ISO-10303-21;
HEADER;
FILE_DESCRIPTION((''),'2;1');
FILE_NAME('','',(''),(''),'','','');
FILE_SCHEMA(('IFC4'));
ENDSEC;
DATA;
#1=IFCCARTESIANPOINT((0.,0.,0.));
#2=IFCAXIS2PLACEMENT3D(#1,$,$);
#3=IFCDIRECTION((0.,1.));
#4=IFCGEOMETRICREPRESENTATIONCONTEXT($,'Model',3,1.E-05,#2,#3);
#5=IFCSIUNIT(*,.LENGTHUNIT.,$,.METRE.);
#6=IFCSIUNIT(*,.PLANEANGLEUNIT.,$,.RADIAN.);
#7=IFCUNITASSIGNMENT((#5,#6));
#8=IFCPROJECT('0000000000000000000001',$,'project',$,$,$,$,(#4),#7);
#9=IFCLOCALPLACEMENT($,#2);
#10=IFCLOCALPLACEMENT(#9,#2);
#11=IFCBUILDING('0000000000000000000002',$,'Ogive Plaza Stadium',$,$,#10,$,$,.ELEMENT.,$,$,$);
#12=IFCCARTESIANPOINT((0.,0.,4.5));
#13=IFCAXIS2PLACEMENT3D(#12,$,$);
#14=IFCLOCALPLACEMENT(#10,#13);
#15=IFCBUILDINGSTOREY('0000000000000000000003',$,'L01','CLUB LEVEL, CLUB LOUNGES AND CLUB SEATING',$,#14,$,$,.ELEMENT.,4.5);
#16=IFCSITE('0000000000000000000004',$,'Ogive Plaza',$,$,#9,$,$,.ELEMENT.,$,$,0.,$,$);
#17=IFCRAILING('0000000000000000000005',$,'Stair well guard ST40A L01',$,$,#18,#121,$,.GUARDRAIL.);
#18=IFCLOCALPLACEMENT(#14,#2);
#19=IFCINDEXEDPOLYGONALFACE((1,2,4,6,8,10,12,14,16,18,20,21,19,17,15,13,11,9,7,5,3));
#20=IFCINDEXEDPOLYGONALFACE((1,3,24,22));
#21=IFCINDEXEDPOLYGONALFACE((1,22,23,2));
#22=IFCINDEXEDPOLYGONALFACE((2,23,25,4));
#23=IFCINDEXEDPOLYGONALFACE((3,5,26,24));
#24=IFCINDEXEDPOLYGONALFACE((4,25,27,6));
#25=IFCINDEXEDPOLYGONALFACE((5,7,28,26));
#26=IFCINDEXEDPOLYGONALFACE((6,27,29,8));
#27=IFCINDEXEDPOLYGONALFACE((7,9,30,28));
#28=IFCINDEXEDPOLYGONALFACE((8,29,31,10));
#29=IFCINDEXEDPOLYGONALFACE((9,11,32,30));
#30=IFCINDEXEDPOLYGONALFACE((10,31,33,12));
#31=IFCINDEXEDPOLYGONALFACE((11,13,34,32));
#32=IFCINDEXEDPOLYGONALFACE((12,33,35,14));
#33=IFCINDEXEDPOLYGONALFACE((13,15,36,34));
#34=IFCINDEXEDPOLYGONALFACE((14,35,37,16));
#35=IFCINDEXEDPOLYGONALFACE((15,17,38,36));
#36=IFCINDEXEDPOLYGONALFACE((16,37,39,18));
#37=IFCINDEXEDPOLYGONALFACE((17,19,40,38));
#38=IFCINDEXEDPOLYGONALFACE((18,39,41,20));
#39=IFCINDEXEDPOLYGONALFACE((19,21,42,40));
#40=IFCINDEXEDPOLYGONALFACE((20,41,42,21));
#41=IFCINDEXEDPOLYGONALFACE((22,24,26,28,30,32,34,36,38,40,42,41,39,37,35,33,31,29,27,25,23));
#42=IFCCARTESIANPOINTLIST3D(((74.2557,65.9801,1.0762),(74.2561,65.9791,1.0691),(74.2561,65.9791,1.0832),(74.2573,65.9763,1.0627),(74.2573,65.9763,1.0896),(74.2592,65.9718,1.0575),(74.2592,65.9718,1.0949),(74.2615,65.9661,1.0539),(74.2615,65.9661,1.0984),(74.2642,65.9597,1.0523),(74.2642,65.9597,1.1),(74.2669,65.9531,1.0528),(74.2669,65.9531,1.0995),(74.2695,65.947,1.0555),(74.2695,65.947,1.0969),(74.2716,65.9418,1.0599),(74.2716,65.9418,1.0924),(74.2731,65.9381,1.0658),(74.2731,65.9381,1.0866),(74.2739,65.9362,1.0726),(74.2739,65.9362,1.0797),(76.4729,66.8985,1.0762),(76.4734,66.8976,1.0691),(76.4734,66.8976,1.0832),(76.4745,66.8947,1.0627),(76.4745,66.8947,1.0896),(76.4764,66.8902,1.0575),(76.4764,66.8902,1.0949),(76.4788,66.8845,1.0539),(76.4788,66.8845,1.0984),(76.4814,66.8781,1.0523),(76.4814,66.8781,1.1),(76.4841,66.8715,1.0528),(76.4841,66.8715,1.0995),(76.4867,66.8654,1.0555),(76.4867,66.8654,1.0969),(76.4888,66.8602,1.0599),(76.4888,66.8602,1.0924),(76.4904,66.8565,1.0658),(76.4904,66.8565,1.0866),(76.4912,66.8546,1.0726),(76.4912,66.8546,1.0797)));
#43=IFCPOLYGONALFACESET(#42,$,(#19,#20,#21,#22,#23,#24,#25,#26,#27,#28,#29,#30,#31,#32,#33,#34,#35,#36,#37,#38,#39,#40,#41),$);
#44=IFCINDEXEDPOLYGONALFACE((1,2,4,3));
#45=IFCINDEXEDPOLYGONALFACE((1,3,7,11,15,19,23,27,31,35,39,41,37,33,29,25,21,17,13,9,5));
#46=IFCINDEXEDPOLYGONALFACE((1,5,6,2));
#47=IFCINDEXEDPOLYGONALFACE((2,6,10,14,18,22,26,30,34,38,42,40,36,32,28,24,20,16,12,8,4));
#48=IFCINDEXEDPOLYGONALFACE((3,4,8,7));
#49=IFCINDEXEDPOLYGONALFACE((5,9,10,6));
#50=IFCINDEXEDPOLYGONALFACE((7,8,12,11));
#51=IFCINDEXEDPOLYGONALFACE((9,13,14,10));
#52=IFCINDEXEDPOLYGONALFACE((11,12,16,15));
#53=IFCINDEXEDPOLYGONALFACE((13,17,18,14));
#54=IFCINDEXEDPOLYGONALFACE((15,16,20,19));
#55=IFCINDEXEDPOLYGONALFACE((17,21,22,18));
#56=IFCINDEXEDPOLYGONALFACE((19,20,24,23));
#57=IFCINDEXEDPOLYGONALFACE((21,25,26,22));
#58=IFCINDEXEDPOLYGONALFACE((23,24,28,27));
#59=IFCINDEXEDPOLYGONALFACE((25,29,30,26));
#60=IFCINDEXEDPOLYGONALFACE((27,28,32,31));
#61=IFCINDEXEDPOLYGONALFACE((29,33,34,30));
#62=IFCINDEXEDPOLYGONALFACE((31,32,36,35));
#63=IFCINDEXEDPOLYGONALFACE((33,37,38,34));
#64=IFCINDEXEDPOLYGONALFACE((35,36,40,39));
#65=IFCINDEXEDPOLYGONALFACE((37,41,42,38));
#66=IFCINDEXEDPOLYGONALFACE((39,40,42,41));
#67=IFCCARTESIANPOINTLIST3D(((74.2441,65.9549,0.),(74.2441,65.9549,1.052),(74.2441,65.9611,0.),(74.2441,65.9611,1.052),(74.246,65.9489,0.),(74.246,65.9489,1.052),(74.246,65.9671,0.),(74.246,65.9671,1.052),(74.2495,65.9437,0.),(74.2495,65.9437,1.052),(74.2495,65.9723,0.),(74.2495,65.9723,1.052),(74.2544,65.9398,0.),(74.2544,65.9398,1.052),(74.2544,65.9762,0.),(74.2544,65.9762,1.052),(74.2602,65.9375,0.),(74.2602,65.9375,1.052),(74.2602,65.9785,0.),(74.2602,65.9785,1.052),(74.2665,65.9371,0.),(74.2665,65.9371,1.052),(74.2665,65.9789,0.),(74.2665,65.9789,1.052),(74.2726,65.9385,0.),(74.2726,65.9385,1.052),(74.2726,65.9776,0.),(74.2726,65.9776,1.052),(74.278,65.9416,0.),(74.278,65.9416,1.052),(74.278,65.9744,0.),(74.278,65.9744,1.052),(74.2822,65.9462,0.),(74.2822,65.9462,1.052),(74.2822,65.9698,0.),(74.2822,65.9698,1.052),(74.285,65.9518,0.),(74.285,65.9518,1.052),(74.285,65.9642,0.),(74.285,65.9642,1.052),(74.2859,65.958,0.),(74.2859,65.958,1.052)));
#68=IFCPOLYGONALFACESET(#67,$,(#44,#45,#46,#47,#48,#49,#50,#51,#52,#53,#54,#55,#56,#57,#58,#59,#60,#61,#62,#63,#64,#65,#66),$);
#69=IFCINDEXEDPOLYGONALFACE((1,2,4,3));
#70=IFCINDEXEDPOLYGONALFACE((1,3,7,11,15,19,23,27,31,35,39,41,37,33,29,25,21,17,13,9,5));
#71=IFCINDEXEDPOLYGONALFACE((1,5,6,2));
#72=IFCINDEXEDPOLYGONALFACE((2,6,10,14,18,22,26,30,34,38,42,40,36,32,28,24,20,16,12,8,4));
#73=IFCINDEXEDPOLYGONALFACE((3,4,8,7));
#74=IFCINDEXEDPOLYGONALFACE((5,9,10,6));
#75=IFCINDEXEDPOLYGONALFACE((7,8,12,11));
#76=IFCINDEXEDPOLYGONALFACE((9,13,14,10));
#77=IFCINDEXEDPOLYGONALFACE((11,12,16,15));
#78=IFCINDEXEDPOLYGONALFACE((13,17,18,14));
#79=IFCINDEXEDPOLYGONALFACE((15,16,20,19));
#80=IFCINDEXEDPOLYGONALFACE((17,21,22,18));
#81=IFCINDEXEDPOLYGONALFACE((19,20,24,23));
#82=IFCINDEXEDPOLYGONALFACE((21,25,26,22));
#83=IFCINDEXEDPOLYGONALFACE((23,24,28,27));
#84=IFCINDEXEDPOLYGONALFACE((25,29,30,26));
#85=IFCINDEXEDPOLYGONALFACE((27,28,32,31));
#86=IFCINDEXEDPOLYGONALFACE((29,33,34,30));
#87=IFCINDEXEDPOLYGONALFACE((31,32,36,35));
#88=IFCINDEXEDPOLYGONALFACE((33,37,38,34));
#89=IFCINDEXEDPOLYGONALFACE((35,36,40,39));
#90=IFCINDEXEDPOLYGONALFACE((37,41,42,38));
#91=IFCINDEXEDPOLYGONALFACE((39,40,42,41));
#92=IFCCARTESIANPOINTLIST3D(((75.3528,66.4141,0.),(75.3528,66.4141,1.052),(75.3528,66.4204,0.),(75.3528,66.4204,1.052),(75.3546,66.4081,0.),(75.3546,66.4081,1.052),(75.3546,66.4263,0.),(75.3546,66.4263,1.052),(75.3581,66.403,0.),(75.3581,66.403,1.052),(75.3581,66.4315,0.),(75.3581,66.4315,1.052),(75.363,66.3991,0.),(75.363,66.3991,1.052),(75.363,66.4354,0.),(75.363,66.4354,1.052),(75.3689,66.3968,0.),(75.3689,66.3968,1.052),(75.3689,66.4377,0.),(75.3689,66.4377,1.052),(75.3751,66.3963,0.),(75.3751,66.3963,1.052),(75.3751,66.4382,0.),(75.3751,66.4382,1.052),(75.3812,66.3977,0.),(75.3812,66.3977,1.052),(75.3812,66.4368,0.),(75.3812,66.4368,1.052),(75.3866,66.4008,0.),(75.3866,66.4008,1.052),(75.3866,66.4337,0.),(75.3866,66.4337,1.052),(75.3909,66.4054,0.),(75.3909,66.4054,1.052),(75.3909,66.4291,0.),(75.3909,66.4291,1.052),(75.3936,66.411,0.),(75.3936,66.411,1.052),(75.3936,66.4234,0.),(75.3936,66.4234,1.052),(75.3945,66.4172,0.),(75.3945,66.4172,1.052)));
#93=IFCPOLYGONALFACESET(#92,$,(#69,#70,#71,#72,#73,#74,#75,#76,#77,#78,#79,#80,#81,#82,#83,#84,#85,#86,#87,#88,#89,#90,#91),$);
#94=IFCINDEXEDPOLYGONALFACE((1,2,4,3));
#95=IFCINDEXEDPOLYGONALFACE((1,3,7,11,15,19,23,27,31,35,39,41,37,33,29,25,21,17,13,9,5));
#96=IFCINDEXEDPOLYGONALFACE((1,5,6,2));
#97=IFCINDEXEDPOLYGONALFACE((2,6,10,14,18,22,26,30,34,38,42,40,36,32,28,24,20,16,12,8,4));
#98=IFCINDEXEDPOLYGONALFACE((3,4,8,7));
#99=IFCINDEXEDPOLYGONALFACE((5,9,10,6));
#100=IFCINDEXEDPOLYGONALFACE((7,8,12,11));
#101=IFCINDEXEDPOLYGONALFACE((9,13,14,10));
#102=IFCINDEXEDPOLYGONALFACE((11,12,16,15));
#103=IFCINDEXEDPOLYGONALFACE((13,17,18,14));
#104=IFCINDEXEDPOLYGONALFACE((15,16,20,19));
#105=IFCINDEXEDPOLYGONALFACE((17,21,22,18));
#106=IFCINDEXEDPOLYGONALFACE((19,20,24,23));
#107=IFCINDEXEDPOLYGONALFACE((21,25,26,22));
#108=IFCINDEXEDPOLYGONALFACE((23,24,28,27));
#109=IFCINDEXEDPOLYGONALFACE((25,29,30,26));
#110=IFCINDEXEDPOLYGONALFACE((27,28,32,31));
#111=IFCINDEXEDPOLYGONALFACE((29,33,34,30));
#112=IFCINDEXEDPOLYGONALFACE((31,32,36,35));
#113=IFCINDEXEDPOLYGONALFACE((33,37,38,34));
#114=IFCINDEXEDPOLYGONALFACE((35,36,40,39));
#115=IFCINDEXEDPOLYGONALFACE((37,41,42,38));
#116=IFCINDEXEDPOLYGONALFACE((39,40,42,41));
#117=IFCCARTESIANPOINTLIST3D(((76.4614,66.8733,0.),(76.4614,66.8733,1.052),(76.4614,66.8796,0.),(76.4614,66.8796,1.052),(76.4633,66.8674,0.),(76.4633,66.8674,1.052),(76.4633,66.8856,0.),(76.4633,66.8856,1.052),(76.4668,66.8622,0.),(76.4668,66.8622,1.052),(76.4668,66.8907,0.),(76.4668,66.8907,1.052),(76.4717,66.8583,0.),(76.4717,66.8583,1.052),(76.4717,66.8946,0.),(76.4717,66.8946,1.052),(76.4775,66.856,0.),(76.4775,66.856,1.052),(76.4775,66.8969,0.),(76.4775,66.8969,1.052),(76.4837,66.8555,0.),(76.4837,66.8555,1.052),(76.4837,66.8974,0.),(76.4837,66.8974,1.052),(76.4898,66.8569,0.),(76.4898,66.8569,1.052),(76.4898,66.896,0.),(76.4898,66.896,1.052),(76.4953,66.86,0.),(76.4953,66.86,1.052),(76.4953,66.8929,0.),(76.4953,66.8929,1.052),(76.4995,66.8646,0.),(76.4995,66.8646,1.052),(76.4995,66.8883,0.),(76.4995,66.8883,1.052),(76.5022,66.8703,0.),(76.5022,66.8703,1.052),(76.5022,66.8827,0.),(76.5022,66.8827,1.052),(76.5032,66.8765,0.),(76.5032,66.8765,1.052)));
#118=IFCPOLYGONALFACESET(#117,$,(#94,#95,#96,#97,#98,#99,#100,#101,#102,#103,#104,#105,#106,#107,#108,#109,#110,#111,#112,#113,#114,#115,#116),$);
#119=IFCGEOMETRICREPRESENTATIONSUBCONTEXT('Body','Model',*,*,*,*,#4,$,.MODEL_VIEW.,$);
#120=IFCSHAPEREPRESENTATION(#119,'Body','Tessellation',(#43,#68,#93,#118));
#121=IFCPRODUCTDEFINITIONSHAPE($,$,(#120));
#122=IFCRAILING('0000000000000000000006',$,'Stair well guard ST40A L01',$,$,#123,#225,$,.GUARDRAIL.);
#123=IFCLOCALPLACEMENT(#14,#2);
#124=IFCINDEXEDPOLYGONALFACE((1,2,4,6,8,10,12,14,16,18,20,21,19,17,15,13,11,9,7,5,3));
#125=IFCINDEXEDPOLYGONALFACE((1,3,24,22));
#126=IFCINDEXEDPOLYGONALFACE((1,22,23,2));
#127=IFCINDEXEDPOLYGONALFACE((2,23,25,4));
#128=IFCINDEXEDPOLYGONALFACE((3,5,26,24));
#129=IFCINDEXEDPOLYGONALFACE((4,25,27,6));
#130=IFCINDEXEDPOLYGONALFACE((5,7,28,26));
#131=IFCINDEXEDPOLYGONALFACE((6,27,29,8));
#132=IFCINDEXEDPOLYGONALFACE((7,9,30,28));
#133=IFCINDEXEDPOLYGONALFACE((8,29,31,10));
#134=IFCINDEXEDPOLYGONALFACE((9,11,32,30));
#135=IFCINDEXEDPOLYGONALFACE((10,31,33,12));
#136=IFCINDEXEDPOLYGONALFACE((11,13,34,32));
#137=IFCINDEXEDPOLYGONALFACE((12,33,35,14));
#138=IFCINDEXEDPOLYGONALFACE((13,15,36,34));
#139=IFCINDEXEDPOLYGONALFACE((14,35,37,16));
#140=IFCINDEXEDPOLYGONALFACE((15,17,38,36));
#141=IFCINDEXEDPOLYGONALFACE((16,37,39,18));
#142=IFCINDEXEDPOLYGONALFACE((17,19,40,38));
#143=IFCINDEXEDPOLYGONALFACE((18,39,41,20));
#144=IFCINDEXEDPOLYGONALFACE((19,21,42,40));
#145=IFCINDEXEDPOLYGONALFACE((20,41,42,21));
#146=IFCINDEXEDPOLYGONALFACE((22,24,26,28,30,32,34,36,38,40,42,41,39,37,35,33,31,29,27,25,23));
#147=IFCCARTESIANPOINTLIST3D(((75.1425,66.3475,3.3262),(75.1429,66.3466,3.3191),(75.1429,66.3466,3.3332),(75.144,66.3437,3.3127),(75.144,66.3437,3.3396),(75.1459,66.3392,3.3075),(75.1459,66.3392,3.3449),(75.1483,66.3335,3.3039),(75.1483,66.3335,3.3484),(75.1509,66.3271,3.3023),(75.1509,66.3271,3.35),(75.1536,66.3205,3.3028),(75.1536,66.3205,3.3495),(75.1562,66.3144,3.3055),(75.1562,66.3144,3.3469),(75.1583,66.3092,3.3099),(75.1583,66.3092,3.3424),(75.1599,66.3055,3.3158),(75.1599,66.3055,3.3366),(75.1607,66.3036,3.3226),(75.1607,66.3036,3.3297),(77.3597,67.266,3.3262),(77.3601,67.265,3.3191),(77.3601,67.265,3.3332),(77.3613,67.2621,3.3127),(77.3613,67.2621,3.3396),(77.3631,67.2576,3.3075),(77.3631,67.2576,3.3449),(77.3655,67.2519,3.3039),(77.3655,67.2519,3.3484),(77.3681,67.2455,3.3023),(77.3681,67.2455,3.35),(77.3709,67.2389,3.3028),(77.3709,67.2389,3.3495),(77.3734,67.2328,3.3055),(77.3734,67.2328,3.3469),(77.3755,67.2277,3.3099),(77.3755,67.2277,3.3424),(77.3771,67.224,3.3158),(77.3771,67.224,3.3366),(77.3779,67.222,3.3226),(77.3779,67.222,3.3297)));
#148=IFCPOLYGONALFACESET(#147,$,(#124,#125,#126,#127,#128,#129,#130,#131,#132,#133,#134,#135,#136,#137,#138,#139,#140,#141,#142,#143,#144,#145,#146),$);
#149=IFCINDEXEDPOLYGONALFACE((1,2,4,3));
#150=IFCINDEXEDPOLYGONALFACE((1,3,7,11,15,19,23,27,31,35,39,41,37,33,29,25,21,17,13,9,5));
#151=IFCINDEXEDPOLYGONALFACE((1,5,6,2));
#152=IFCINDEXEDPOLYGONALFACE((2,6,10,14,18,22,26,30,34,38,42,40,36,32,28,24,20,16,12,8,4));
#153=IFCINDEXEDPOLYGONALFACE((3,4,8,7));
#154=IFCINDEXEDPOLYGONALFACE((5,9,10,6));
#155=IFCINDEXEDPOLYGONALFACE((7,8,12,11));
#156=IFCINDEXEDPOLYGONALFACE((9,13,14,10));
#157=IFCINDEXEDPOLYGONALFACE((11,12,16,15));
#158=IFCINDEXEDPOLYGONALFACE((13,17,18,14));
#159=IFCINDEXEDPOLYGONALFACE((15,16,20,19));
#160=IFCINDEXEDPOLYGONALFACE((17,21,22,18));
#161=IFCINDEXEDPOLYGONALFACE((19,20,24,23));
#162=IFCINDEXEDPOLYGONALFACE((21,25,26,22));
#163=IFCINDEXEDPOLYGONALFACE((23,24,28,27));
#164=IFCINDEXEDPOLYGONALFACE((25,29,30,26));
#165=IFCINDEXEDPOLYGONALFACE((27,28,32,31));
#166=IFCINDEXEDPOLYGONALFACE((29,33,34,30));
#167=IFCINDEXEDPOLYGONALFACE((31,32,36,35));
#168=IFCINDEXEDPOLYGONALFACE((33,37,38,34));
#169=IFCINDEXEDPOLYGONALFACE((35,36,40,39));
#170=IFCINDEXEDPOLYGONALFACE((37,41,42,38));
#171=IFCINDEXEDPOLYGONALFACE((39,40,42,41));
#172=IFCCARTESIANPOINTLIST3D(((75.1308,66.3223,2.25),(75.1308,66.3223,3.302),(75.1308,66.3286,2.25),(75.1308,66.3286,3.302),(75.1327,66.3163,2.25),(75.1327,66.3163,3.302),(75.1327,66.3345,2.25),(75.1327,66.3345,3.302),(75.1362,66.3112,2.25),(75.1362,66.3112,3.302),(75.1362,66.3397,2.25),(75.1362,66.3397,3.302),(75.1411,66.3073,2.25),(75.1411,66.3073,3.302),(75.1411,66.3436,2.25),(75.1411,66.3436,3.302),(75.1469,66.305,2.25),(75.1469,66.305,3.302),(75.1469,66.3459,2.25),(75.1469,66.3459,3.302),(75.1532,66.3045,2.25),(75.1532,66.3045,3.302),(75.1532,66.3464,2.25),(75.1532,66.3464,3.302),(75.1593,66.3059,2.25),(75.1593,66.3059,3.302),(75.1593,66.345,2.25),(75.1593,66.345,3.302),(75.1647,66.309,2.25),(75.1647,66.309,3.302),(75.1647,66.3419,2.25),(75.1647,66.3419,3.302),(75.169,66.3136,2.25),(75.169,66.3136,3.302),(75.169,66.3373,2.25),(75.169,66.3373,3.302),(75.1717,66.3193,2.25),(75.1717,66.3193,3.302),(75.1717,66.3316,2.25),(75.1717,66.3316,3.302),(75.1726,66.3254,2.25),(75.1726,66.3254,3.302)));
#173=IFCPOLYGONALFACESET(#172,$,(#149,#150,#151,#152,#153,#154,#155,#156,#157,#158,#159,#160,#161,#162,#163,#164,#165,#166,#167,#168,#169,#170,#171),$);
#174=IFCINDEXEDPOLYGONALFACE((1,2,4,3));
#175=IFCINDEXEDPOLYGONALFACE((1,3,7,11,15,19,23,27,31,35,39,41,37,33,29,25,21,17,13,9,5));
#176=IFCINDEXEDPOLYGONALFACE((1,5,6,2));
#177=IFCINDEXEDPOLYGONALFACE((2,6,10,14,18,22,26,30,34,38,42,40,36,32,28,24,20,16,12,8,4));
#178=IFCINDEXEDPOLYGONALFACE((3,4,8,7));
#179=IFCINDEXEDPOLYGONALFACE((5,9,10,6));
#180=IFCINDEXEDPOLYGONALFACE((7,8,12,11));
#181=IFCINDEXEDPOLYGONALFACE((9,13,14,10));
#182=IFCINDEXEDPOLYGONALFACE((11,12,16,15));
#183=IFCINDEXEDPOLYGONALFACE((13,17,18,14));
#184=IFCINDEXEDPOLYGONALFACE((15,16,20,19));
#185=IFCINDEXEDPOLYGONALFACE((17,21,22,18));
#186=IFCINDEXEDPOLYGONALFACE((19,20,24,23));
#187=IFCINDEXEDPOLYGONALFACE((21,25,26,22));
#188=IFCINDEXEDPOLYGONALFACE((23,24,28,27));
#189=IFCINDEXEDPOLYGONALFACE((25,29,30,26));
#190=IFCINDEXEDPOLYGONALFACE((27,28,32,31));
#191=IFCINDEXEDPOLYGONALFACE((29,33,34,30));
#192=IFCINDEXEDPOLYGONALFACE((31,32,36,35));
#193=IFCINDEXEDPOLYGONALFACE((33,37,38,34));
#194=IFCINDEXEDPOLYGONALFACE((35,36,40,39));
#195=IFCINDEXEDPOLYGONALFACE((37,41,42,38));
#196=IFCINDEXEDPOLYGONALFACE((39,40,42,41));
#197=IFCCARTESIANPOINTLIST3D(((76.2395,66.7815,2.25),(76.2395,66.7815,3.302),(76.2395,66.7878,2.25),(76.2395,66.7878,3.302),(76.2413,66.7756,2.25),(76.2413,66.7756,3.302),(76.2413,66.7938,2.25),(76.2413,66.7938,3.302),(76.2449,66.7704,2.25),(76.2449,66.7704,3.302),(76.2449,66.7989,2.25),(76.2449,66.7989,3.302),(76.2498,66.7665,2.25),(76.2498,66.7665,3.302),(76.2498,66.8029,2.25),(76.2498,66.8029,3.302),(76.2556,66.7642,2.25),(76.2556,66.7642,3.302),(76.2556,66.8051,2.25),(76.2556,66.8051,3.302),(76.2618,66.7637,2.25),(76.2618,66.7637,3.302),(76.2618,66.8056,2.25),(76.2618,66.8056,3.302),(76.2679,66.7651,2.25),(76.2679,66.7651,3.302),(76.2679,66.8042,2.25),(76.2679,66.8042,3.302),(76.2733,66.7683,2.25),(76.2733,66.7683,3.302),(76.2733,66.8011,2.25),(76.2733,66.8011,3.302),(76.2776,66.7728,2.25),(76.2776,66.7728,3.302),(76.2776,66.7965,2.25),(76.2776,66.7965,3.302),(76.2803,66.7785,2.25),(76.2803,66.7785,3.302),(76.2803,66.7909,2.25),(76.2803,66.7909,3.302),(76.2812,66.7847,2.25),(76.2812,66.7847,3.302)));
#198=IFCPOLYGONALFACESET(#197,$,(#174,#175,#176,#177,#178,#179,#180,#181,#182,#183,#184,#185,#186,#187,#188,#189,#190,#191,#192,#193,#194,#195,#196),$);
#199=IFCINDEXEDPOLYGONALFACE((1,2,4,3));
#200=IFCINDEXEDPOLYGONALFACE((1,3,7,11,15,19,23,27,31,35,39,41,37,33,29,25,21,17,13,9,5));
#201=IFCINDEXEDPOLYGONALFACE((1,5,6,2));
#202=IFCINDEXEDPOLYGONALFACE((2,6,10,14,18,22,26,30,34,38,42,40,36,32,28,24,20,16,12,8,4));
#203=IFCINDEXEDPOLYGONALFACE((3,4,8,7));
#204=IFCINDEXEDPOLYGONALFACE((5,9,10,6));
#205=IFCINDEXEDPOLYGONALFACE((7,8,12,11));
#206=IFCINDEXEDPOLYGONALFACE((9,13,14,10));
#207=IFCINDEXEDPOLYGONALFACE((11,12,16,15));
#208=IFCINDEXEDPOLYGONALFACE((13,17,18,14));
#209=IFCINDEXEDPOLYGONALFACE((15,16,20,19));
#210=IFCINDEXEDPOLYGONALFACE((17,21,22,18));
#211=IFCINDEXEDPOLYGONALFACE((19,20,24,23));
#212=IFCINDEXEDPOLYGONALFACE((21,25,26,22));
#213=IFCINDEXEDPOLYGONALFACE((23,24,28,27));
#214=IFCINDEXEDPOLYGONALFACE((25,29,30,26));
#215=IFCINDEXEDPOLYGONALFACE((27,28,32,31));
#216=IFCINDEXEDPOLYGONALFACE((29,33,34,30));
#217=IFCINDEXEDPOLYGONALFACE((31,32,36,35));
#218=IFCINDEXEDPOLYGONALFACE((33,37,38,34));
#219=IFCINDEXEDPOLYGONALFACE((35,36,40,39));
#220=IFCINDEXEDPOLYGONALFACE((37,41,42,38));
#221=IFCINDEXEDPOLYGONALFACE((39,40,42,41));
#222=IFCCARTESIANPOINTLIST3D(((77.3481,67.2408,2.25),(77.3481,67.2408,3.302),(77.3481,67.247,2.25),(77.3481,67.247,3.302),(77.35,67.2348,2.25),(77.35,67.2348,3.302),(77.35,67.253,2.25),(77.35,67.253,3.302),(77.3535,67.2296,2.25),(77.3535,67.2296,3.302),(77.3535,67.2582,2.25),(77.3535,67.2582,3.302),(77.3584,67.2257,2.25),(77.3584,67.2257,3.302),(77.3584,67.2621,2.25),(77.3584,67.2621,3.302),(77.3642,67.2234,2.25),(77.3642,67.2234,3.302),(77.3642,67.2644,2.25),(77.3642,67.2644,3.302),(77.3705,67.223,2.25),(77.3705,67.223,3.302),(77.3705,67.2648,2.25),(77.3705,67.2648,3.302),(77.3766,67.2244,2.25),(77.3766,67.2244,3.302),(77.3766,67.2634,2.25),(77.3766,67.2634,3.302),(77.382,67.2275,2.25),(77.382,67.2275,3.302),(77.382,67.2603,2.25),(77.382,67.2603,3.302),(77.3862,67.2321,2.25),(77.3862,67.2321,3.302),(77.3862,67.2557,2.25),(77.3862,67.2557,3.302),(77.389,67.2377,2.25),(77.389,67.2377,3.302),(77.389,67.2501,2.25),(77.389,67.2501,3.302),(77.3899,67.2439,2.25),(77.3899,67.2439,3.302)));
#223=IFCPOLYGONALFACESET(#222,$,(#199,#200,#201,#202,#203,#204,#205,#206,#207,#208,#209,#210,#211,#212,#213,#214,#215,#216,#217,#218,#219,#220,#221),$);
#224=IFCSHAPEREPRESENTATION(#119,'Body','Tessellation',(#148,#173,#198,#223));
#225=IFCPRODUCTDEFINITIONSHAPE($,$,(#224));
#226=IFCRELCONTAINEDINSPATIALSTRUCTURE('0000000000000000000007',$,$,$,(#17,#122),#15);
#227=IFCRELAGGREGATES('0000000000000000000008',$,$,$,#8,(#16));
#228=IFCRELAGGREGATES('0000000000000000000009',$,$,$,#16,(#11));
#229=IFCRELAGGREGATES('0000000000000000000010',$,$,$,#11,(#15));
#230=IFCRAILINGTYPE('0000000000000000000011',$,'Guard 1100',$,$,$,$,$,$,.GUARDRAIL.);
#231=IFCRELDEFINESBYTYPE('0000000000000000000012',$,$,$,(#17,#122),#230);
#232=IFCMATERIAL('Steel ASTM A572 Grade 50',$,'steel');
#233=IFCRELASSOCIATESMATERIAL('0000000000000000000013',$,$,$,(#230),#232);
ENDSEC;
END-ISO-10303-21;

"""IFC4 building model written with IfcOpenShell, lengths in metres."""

from ifc_helpers import new_model, si_unit, direction, frame, origin, origin_2d, place, context, subcontext, project, spatial, circle, extrude, material, type_object, element, save


model = new_model("IFC4")

# Units and contexts
model_context = context("Model", 3, precision=1e-05, world=origin(), true_north=direction((0.0, 1.0)))
body_context = subcontext(model_context, "Body", "Model", "MODEL_VIEW")
ifc_project = project(units=[si_unit("LENGTHUNIT", "METRE"), si_unit("PLANEANGLEUNIT", "RADIAN")], contexts=[model_context])

# Site, building, storey
site_placement = place(None, origin())
site = spatial("IfcSite", under=ifc_project, at=site_placement, Name="Ogive Plaza", CompositionType="ELEMENT", RefElevation=0.0)
building_placement = place(site_placement, origin())
building = spatial("IfcBuilding", under=site, at=building_placement, Name="Ogive Plaza Stadium", CompositionType="ELEMENT")
storey_placement = place(building_placement, frame((0.0, 0.0, 4.5)))
storey = spatial("IfcBuildingStorey", under=building, at=storey_placement, Name="L01", Description="CLUB LEVEL, CLUB LOUNGES AND CLUB SEATING", CompositionType="ELEMENT", Elevation=4.5)

# Railings
ifc_material_1 = material(Name="Steel ASTM A572 Grade 50", Category="steel")
railing_type_1 = type_object("IfcRailingType", Name="Guard 1100", PredefinedType="GUARDRAIL", material=ifc_material_1)
for number, where, name in (
    (1, (74.2649, 65.958, 0.0), "Stair well guard ST40A L01"),
    (2, (75.1516, 66.3254, 2.25), "Stair well guard ST40A L01"),
):
    element("IfcRailing", number, at=place(storey_placement, frame(where)), inside=storey, type_object=railing_type_1, Name=name, PredefinedType="GUARDRAIL", context=body_context, shape_type="SweptSolid", body=[
        extrude(circle(Radius=0.0239, at=origin_2d()), frame((0.0, 0.0, 1.0762), z_axis=(0.923875, 0.382693, 0.0), x_axis=(-0.382693, 0.923875, 0.0)), (0.0, 0.0, 1.0), 2.3999),
        extrude(circle(Radius=0.021, at=origin_2d()), origin(), (0.0, 0.0, 1.0), 1.052),
        extrude(circle(Radius=0.021, at=origin_2d()), frame((1.1086, 0.4592, 0.0)), (0.0, 0.0, 1.0), 1.052),
        extrude(circle(Radius=0.021, at=origin_2d()), frame((2.2173, 0.9185, 0.0)), (0.0, 0.0, 1.0), 1.052),
    ])

save(model, "model.ifc")
